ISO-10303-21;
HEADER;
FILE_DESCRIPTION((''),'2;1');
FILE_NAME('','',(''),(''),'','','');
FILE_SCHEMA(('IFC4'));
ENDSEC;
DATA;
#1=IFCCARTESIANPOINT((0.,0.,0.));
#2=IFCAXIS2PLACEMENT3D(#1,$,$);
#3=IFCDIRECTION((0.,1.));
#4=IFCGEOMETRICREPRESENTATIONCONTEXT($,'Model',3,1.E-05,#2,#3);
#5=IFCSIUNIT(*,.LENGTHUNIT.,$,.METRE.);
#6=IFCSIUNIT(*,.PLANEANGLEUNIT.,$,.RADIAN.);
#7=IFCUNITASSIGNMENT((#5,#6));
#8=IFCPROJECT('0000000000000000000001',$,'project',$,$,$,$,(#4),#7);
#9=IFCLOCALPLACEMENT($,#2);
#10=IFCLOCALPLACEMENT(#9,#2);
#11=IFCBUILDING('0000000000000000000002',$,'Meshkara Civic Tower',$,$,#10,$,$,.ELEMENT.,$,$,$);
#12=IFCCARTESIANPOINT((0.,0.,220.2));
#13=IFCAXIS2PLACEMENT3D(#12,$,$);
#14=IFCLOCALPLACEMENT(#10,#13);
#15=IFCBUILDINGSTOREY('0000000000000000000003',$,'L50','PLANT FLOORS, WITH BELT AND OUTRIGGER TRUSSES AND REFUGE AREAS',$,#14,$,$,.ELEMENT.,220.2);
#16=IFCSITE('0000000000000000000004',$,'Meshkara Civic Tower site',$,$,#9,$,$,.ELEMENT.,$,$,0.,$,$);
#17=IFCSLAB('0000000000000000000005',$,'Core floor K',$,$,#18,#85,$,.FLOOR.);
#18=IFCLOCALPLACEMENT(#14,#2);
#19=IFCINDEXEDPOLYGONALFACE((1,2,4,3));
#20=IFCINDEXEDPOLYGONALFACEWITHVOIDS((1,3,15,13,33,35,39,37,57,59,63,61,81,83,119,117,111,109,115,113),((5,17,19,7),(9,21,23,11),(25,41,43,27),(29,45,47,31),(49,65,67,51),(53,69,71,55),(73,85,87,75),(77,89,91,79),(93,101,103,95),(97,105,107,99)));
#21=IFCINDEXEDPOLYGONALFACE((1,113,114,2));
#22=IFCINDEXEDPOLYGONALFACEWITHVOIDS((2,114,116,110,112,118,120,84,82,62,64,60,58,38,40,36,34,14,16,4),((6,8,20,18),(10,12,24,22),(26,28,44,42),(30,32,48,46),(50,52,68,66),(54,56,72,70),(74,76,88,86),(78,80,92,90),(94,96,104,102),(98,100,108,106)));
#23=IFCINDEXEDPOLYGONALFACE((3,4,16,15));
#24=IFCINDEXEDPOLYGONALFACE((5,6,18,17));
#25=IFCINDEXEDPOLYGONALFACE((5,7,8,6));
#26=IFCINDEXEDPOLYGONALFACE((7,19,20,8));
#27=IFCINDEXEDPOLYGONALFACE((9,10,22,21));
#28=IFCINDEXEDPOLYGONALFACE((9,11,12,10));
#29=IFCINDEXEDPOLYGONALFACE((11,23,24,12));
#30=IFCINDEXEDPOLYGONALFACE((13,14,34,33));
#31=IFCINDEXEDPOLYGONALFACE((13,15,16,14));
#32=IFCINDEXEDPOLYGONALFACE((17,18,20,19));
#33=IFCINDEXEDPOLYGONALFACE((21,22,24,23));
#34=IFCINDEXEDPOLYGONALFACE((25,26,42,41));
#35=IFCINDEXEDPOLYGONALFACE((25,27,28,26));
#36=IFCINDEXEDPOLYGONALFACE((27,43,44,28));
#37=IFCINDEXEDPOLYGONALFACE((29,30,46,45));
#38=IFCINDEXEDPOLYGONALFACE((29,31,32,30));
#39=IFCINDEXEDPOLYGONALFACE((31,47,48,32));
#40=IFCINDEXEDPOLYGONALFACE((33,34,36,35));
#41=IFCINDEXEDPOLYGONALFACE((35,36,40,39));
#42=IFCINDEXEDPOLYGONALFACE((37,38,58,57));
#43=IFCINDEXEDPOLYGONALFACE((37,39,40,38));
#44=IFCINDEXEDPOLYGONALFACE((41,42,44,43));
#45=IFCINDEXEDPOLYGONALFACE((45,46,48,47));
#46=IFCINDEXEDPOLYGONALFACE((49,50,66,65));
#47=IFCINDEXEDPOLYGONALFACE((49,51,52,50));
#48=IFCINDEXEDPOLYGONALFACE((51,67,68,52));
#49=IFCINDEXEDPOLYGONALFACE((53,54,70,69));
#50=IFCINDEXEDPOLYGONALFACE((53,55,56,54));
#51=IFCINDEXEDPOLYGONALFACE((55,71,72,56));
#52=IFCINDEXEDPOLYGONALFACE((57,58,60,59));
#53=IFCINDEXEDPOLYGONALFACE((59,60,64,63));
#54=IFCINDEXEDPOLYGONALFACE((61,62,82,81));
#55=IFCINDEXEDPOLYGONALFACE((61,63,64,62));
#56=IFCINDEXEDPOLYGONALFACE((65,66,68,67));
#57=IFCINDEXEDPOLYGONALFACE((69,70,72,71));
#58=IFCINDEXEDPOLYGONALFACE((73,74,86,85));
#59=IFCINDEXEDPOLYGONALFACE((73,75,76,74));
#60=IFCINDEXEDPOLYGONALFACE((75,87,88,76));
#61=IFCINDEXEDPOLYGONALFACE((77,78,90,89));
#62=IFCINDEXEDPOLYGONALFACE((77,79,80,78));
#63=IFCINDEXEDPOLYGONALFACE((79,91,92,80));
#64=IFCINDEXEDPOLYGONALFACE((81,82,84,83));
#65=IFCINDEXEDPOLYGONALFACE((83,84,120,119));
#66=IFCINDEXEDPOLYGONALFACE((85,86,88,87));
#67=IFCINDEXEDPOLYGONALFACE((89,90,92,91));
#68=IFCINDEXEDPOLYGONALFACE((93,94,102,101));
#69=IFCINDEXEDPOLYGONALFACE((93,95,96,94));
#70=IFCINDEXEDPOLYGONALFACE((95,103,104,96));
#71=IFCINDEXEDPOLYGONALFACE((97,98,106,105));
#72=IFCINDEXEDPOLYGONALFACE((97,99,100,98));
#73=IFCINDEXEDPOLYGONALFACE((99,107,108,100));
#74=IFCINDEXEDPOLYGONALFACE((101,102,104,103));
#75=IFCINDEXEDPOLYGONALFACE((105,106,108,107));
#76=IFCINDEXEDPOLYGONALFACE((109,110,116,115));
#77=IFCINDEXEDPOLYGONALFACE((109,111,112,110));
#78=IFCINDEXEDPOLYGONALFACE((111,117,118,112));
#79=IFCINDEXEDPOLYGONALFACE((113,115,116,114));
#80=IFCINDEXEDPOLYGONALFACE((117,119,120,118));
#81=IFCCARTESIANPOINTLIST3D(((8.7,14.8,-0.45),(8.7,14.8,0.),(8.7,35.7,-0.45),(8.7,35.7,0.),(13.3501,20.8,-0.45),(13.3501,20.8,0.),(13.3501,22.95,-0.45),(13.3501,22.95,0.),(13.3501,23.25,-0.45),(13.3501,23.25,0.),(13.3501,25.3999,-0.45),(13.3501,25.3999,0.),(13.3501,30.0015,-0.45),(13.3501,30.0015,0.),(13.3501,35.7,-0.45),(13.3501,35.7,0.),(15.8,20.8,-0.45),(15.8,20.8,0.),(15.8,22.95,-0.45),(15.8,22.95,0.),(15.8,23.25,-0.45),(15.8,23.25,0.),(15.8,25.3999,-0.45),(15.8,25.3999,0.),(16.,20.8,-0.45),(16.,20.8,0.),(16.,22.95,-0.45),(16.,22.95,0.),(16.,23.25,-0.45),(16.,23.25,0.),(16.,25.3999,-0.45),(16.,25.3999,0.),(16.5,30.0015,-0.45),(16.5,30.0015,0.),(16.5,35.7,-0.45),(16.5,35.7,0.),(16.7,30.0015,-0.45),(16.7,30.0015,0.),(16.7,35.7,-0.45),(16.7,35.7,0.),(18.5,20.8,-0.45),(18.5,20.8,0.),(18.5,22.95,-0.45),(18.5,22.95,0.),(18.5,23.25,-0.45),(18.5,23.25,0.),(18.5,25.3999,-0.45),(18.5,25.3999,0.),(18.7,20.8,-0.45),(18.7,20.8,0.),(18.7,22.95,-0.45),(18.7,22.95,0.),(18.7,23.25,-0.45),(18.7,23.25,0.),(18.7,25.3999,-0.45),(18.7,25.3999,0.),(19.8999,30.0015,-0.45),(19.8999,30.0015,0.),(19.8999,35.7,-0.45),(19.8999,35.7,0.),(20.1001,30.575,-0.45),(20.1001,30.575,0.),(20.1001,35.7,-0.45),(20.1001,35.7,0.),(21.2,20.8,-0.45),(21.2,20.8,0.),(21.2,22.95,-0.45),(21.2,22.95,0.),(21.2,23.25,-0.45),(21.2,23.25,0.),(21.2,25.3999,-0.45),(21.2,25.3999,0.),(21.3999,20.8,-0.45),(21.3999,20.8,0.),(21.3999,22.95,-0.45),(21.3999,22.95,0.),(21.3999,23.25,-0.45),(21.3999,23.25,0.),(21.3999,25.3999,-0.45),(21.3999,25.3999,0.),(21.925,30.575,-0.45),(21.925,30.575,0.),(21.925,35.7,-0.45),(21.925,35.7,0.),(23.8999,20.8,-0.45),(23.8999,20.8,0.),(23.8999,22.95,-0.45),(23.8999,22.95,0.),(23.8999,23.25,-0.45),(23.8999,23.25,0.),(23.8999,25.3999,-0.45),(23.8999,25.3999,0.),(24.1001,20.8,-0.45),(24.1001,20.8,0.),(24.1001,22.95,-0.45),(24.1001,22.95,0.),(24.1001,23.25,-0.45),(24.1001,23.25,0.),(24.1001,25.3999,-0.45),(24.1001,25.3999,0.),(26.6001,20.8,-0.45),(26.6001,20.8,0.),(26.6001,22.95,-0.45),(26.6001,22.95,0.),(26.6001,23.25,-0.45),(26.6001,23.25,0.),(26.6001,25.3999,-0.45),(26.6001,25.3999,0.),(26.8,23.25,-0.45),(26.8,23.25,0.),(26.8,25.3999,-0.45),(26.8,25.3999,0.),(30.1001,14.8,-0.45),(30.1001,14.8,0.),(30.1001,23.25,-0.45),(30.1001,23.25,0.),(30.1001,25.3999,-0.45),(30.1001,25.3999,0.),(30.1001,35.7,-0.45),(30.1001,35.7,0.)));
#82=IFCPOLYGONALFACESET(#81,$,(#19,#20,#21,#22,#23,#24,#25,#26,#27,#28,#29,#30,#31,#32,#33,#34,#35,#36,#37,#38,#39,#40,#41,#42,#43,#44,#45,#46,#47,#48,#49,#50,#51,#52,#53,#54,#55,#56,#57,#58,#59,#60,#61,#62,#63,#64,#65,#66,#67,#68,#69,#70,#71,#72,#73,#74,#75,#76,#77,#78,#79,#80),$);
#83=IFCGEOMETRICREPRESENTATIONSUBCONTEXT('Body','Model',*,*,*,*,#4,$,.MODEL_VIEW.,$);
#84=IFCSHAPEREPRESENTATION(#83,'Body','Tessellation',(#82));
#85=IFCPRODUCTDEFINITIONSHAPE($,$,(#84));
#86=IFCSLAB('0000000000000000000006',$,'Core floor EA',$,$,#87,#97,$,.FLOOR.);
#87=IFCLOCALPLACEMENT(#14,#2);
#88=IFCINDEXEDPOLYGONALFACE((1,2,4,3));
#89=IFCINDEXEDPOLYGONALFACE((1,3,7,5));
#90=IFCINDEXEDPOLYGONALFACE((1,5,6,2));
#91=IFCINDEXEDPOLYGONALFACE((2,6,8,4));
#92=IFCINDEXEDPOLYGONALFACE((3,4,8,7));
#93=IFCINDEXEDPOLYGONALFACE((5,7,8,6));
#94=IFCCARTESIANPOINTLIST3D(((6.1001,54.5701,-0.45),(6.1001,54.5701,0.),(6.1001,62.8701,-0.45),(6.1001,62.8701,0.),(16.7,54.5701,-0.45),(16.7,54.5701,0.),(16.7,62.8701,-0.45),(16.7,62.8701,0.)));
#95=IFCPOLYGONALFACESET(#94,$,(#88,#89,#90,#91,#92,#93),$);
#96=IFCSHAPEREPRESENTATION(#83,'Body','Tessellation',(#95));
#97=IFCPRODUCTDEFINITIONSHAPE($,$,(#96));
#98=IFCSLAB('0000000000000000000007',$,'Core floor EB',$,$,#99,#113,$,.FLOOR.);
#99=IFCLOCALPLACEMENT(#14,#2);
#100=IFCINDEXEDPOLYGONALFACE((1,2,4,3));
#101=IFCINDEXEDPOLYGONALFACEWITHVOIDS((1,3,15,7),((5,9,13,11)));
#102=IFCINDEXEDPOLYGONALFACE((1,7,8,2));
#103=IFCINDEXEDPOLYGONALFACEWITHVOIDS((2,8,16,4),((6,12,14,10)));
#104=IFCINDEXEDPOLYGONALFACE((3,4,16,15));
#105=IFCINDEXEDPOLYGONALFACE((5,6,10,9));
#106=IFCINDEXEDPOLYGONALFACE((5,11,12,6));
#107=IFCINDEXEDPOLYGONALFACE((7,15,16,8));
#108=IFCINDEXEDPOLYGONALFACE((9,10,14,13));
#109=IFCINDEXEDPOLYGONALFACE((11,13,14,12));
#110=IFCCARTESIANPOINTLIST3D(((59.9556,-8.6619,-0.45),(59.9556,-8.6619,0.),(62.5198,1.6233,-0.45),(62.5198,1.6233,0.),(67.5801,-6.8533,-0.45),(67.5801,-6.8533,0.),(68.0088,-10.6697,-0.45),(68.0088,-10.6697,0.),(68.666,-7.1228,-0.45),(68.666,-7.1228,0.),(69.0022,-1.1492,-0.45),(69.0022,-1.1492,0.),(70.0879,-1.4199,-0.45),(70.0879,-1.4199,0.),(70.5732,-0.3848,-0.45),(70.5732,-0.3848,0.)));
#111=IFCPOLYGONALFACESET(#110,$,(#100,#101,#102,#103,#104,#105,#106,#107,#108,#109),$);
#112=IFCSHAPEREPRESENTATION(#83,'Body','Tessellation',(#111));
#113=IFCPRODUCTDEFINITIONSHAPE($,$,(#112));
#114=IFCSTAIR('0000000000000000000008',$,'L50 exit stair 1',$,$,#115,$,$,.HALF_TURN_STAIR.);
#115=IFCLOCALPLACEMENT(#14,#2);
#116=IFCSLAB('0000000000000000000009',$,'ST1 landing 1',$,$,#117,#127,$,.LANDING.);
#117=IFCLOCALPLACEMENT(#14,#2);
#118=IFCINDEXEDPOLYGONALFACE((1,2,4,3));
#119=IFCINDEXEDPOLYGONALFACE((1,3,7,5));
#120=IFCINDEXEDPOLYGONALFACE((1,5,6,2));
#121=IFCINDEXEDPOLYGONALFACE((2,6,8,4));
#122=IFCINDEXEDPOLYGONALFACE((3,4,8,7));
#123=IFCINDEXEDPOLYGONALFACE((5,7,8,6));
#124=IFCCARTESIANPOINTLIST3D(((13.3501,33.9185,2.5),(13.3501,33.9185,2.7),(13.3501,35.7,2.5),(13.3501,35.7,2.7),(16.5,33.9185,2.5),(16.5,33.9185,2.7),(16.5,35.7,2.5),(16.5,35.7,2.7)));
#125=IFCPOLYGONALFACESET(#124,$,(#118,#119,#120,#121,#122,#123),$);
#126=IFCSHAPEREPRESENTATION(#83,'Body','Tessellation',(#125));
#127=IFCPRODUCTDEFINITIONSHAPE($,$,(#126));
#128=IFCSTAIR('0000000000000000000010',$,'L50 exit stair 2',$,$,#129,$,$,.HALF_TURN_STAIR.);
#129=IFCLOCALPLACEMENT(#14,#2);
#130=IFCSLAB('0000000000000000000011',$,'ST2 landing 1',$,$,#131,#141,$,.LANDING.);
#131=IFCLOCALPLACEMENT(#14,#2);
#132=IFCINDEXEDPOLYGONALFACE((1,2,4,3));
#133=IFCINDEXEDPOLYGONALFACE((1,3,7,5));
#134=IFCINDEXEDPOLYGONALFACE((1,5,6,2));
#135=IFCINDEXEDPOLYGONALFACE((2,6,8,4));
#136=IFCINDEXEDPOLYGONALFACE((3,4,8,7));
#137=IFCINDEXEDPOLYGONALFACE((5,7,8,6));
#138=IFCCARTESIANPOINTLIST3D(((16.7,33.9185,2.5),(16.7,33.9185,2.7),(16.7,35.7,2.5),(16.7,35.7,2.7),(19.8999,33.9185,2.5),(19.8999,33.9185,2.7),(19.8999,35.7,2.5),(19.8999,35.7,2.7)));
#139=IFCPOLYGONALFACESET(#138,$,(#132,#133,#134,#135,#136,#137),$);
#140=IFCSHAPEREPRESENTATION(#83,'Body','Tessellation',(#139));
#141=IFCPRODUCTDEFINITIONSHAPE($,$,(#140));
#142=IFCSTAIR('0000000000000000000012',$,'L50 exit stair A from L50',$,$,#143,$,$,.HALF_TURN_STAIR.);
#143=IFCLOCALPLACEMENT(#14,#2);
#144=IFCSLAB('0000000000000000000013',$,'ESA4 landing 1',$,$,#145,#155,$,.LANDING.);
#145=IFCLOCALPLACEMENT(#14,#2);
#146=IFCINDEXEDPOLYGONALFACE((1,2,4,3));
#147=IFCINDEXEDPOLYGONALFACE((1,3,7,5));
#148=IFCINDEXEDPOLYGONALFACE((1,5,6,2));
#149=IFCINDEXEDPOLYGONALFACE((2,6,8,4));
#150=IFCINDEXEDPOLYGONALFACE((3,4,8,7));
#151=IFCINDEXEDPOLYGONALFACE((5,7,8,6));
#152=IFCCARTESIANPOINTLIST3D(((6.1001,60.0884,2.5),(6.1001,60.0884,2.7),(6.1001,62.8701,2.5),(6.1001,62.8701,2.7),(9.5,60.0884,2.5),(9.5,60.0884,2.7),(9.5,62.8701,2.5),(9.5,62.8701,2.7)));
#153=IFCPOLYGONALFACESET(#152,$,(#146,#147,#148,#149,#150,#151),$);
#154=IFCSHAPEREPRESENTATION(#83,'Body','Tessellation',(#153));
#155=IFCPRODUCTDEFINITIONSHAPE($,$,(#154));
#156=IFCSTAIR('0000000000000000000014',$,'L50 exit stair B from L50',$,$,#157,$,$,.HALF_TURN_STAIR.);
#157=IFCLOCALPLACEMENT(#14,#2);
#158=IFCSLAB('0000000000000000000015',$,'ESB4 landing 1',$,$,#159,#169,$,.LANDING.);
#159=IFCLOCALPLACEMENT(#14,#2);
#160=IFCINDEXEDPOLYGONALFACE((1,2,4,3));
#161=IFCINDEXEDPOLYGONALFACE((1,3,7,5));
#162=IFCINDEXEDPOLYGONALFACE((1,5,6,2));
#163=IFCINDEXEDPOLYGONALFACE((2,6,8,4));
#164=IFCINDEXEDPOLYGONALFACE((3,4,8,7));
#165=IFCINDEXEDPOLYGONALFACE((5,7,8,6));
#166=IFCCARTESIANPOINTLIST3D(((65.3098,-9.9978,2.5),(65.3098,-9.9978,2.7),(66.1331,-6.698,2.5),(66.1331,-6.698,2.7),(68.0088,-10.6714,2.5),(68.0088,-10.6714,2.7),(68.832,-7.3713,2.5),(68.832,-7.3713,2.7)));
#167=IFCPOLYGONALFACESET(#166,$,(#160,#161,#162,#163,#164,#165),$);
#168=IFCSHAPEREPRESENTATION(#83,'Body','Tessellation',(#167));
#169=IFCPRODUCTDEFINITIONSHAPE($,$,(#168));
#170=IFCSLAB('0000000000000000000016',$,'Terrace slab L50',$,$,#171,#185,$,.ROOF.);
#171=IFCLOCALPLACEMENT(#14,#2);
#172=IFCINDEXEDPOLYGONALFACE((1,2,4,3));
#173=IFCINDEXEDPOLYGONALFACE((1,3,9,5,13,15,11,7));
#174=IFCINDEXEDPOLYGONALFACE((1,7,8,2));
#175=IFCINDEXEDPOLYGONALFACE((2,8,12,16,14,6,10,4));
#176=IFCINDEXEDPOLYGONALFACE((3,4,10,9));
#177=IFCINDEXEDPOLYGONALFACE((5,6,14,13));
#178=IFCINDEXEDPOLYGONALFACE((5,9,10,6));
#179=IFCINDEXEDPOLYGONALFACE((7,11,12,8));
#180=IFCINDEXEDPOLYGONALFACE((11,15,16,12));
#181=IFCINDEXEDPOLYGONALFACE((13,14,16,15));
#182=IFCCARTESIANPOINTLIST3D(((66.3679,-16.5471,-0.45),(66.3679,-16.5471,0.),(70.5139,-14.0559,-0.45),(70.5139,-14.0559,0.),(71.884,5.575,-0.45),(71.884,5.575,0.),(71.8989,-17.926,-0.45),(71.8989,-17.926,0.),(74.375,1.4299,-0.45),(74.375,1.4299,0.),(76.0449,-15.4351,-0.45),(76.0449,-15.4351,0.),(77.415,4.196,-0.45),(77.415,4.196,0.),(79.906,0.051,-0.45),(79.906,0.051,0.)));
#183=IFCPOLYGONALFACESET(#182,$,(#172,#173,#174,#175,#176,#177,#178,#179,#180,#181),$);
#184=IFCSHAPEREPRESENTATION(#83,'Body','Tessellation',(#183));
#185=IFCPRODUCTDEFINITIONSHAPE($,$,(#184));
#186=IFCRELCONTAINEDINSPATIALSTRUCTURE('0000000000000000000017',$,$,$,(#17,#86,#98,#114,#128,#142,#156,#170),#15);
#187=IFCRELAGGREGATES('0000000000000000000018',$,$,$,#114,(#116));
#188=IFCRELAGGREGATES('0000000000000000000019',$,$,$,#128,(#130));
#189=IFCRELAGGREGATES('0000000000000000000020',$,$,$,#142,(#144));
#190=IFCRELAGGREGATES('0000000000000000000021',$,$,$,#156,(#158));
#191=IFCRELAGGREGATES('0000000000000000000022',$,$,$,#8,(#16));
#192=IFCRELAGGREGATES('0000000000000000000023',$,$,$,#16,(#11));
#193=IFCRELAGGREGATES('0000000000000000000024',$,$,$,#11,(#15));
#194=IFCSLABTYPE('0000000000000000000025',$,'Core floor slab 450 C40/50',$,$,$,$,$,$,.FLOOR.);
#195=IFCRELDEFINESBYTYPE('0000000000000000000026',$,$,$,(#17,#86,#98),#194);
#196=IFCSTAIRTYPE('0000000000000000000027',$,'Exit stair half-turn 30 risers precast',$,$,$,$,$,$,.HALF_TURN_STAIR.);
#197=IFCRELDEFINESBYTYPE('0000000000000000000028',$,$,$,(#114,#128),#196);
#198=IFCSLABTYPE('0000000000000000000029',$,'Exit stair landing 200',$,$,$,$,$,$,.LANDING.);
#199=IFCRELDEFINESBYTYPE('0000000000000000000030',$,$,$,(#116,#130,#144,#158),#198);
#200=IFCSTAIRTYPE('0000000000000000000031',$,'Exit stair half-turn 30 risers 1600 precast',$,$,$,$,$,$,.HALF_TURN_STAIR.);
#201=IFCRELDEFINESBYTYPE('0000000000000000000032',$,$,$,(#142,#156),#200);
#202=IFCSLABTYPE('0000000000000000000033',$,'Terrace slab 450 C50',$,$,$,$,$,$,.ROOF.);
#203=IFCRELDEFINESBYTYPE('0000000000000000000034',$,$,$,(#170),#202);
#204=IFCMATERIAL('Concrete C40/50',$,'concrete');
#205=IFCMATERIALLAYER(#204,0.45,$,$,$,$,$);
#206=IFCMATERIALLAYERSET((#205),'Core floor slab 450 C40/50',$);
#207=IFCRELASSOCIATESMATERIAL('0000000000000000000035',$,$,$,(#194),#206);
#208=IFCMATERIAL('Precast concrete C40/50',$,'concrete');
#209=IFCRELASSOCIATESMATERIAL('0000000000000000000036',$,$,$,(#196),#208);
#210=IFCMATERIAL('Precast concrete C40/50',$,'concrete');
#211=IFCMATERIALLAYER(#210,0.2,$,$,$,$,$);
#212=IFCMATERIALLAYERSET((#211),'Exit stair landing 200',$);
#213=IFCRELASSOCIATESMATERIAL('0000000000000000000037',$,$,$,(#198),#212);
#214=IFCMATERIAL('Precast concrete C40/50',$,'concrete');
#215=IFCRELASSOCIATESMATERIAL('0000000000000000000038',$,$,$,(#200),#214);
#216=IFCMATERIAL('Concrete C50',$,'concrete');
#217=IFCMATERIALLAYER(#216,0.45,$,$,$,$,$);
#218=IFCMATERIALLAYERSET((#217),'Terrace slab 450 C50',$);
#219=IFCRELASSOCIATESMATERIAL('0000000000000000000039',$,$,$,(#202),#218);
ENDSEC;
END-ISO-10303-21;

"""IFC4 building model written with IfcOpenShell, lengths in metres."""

from ifc_helpers import new_model, si_unit, direction, frame, origin, place, context, subcontext, project, spatial, polyline, outline, extrude, material, layer, layer_set, type_object, element, aggregate, save


model = new_model("IFC4")

# Units and contexts
model_context = context("Model", 3, precision=1e-05, world=origin(), true_north=direction((0.0, 1.0)))
body_context = subcontext(model_context, "Body", "Model", "MODEL_VIEW")
ifc_project = project(units=[si_unit("LENGTHUNIT", "METRE"), si_unit("PLANEANGLEUNIT", "RADIAN")], contexts=[model_context])

# Site, building, storey
site_placement = place(None, origin())
site = spatial("IfcSite", under=ifc_project, at=site_placement, Name="Meshkara Civic Tower site", CompositionType="ELEMENT", RefElevation=0.0)
building_placement = place(site_placement, origin())
building = spatial("IfcBuilding", under=site, at=building_placement, Name="Meshkara Civic Tower", CompositionType="ELEMENT")
storey_placement = place(building_placement, frame((0.0, 0.0, 220.2)))
storey = spatial("IfcBuildingStorey", under=building, at=storey_placement, Name="L50", Description="PLANT FLOORS, WITH BELT AND OUTRIGGER TRUSSES AND REFUGE AREAS", CompositionType="ELEMENT", Elevation=220.2)

# Slabs
ifc_material_1 = material(Name="Concrete C40/50", Category="concrete")
ifc_layer_1 = layer(ifc_material_1, 0.45)
ifc_layer_set_1 = layer_set([ifc_layer_1], Name="Core floor slab 450 C40/50")
slab_type_1 = type_object("IfcSlabType", Name="Core floor slab 450 C40/50", PredefinedType="FLOOR", material=ifc_layer_set_1)
slab_1_placement = place(storey_placement, frame((0.0, 0.0, -0.45)))
element("IfcSlab", 1, at=slab_1_placement, inside=storey, type_object=slab_type_1, Name="Core floor K", PredefinedType="FLOOR", context=body_context, shape_type="SweptSolid", body=[
    extrude(outline(polyline([(8.7, 35.7), (13.3501, 35.7), (13.3501, 30.0015), (16.5, 30.0015), (16.5, 35.7), (16.7, 35.7), (16.7, 30.0015), (19.8999, 30.0015), (19.8999, 35.7), (20.1001, 35.7), (20.1001, 30.575), (21.925, 30.575), (21.925, 35.7), (30.1001, 35.7), (30.1001, 25.3999), (26.8, 25.3999), (26.8, 23.25), (30.1001, 23.25), (30.1001, 14.8), (8.7, 14.8), (8.7, 35.7)]), holes=[polyline([(15.8, 22.95), (13.3501, 22.95), (13.3501, 20.8), (15.8, 20.8), (15.8, 22.95)]), polyline([(16.0, 22.95), (16.0, 20.8), (18.5, 20.8), (18.5, 22.95), (16.0, 22.95)]), polyline([(18.7, 22.95), (18.7, 20.8), (21.2, 20.8), (21.2, 22.95), (18.7, 22.95)]), polyline([(15.8, 23.25), (15.8, 25.3999), (13.3501, 25.3999), (13.3501, 23.25), (15.8, 23.25)]), polyline([(16.0, 25.3999), (16.0, 23.25), (18.5, 23.25), (18.5, 25.3999), (16.0, 25.3999)]), polyline([(23.8999, 20.8), (23.8999, 22.95), (21.3999, 22.95), (21.3999, 20.8), (23.8999, 20.8)]), polyline([(24.1001, 20.8), (26.6001, 20.8), (26.6001, 22.95), (24.1001, 22.95), (24.1001, 20.8)]), polyline([(18.7, 25.3999), (18.7, 23.25), (21.2, 23.25), (21.2, 25.3999), (18.7, 25.3999)]), polyline([(21.3999, 23.25), (23.8999, 23.25), (23.8999, 25.3999), (21.3999, 25.3999), (21.3999, 23.25)]), polyline([(24.1001, 23.25), (26.6001, 23.25), (26.6001, 25.3999), (24.1001, 25.3999), (24.1001, 23.25)])]), origin(), (0.0, 0.0, 1.0), 0.45),
])
slab_2_placement = place(storey_placement, frame((0.0, 0.0, -0.45)))
element("IfcSlab", 2, at=slab_2_placement, inside=storey, type_object=slab_type_1, Name="Core floor EA", PredefinedType="FLOOR", context=body_context, shape_type="SweptSolid", body=[
    extrude(outline(polyline([(6.1001, 54.5701), (16.7, 54.5701), (16.7, 62.8701), (6.1001, 62.8701), (6.1001, 54.5701)])), origin(), (0.0, 0.0, 1.0), 0.45),
])
slab_3_placement = place(storey_placement, frame((0.0, 0.0, -0.45)))
element("IfcSlab", 3, at=slab_3_placement, inside=storey, type_object=slab_type_1, Name="Core floor EB", PredefinedType="FLOOR", context=body_context, shape_type="SweptSolid", body=[
    extrude(outline(polyline([(62.5198, 1.6233), (70.5732, -0.3848), (68.0088, -10.6697), (59.9556, -8.6619), (62.5198, 1.6233)]), holes=[polyline([(67.5801, -6.8533), (68.666, -7.1228), (70.0879, -1.4199), (69.0022, -1.1492), (67.5801, -6.8533)])]), origin(), (0.0, 0.0, 1.0), 0.45),
])

# Stairs, slabs
ifc_material_2 = material(Name="Precast concrete C40/50", Category="concrete")
stair_type_1 = type_object("IfcStairType", Name="Exit stair half-turn 30 risers precast", PredefinedType="HALF_TURN_STAIR", material=ifc_material_2)
stair_1_placement = place(storey_placement, origin())
stair_1 = element("IfcStair", 4, at=stair_1_placement, inside=storey, type_object=stair_type_1, Name="L50 exit stair 1", PredefinedType="HALF_TURN_STAIR")
ifc_material_3 = material(Name="Precast concrete C40/50", Category="concrete")
ifc_layer_2 = layer(ifc_material_3, 0.2)
ifc_layer_set_2 = layer_set([ifc_layer_2], Name="Exit stair landing 200")
slab_type_2 = type_object("IfcSlabType", Name="Exit stair landing 200", PredefinedType="LANDING", material=ifc_layer_set_2)
slab_4_placement = place(storey_placement, frame((0.0, 0.0, 2.5)))
slab_4 = element("IfcSlab", 5, at=slab_4_placement, type_object=slab_type_2, Name="ST1 landing 1", PredefinedType="LANDING", context=body_context, shape_type="SweptSolid", body=[
    extrude(outline(polyline([(16.5, 33.9185), (16.5, 35.7), (13.3501, 35.7), (13.3501, 33.9185), (16.5, 33.9185)])), origin(), (0.0, 0.0, 1.0), 0.2),
])
aggregate(stair_1, [slab_4])
stair_2_placement = place(storey_placement, origin())
stair_2 = element("IfcStair", 6, at=stair_2_placement, inside=storey, type_object=stair_type_1, Name="L50 exit stair 2", PredefinedType="HALF_TURN_STAIR")
slab_5_placement = place(storey_placement, frame((0.0, 0.0, 2.5)))
slab_5 = element("IfcSlab", 7, at=slab_5_placement, type_object=slab_type_2, Name="ST2 landing 1", PredefinedType="LANDING", context=body_context, shape_type="SweptSolid", body=[
    extrude(outline(polyline([(19.8999, 33.9185), (19.8999, 35.7), (16.7, 35.7), (16.7, 33.9185), (19.8999, 33.9185)])), origin(), (0.0, 0.0, 1.0), 0.2),
])
aggregate(stair_2, [slab_5])
ifc_material_4 = material(Name="Precast concrete C40/50", Category="concrete")
stair_type_2 = type_object("IfcStairType", Name="Exit stair half-turn 30 risers 1600 precast", PredefinedType="HALF_TURN_STAIR", material=ifc_material_4)
stair_3_placement = place(storey_placement, origin())
stair_3 = element("IfcStair", 8, at=stair_3_placement, inside=storey, type_object=stair_type_2, Name="L50 exit stair A from L50", PredefinedType="HALF_TURN_STAIR")
slab_6_placement = place(storey_placement, frame((0.0, 0.0, 2.5)))
slab_6 = element("IfcSlab", 9, at=slab_6_placement, type_object=slab_type_2, Name="ESA4 landing 1", PredefinedType="LANDING", context=body_context, shape_type="SweptSolid", body=[
    extrude(outline(polyline([(9.5, 60.0884), (9.5, 62.8701), (6.1001, 62.8701), (6.1001, 60.0884), (9.5, 60.0884)])), origin(), (0.0, 0.0, 1.0), 0.2),
])
aggregate(stair_3, [slab_6])
stair_4_placement = place(storey_placement, origin())
stair_4 = element("IfcStair", 10, at=stair_4_placement, inside=storey, type_object=stair_type_2, Name="L50 exit stair B from L50", PredefinedType="HALF_TURN_STAIR")
slab_7_placement = place(storey_placement, frame((0.0, 0.0, 2.5)))
slab_7 = element("IfcSlab", 11, at=slab_7_placement, type_object=slab_type_2, Name="ESB4 landing 1", PredefinedType="LANDING", context=body_context, shape_type="SweptSolid", body=[
    extrude(outline(polyline([(65.3098, -9.9978), (68.0088, -10.6714), (68.832, -7.3713), (66.1331, -6.698), (65.3098, -9.9978)])), origin(), (0.0, 0.0, 1.0), 0.2),
])
aggregate(stair_4, [slab_7])

# Slab
ifc_material_5 = material(Name="Concrete C50", Category="concrete")
ifc_layer_3 = layer(ifc_material_5, 0.45)
ifc_layer_set_3 = layer_set([ifc_layer_3], Name="Terrace slab 450 C50")
slab_type_3 = type_object("IfcSlabType", Name="Terrace slab 450 C50", PredefinedType="ROOF", material=ifc_layer_set_3)
slab_8_placement = place(storey_placement, frame((0.0, 0.0, -0.45)))
element("IfcSlab", 12, at=slab_8_placement, inside=storey, type_object=slab_type_3, Name="Terrace slab L50", PredefinedType="ROOF", context=body_context, shape_type="SweptSolid", body=[
    extrude(outline(polyline([(79.906, 0.051), (76.0449, -15.4351), (71.8989, -17.926), (66.3679, -16.5471), (70.5139, -14.0559), (74.375, 1.4299), (71.884, 5.575), (77.415, 4.196), (79.906, 0.051)])), origin(), (0.0, 0.0, 1.0), 0.45),
])

save(model, "model.ifc")
